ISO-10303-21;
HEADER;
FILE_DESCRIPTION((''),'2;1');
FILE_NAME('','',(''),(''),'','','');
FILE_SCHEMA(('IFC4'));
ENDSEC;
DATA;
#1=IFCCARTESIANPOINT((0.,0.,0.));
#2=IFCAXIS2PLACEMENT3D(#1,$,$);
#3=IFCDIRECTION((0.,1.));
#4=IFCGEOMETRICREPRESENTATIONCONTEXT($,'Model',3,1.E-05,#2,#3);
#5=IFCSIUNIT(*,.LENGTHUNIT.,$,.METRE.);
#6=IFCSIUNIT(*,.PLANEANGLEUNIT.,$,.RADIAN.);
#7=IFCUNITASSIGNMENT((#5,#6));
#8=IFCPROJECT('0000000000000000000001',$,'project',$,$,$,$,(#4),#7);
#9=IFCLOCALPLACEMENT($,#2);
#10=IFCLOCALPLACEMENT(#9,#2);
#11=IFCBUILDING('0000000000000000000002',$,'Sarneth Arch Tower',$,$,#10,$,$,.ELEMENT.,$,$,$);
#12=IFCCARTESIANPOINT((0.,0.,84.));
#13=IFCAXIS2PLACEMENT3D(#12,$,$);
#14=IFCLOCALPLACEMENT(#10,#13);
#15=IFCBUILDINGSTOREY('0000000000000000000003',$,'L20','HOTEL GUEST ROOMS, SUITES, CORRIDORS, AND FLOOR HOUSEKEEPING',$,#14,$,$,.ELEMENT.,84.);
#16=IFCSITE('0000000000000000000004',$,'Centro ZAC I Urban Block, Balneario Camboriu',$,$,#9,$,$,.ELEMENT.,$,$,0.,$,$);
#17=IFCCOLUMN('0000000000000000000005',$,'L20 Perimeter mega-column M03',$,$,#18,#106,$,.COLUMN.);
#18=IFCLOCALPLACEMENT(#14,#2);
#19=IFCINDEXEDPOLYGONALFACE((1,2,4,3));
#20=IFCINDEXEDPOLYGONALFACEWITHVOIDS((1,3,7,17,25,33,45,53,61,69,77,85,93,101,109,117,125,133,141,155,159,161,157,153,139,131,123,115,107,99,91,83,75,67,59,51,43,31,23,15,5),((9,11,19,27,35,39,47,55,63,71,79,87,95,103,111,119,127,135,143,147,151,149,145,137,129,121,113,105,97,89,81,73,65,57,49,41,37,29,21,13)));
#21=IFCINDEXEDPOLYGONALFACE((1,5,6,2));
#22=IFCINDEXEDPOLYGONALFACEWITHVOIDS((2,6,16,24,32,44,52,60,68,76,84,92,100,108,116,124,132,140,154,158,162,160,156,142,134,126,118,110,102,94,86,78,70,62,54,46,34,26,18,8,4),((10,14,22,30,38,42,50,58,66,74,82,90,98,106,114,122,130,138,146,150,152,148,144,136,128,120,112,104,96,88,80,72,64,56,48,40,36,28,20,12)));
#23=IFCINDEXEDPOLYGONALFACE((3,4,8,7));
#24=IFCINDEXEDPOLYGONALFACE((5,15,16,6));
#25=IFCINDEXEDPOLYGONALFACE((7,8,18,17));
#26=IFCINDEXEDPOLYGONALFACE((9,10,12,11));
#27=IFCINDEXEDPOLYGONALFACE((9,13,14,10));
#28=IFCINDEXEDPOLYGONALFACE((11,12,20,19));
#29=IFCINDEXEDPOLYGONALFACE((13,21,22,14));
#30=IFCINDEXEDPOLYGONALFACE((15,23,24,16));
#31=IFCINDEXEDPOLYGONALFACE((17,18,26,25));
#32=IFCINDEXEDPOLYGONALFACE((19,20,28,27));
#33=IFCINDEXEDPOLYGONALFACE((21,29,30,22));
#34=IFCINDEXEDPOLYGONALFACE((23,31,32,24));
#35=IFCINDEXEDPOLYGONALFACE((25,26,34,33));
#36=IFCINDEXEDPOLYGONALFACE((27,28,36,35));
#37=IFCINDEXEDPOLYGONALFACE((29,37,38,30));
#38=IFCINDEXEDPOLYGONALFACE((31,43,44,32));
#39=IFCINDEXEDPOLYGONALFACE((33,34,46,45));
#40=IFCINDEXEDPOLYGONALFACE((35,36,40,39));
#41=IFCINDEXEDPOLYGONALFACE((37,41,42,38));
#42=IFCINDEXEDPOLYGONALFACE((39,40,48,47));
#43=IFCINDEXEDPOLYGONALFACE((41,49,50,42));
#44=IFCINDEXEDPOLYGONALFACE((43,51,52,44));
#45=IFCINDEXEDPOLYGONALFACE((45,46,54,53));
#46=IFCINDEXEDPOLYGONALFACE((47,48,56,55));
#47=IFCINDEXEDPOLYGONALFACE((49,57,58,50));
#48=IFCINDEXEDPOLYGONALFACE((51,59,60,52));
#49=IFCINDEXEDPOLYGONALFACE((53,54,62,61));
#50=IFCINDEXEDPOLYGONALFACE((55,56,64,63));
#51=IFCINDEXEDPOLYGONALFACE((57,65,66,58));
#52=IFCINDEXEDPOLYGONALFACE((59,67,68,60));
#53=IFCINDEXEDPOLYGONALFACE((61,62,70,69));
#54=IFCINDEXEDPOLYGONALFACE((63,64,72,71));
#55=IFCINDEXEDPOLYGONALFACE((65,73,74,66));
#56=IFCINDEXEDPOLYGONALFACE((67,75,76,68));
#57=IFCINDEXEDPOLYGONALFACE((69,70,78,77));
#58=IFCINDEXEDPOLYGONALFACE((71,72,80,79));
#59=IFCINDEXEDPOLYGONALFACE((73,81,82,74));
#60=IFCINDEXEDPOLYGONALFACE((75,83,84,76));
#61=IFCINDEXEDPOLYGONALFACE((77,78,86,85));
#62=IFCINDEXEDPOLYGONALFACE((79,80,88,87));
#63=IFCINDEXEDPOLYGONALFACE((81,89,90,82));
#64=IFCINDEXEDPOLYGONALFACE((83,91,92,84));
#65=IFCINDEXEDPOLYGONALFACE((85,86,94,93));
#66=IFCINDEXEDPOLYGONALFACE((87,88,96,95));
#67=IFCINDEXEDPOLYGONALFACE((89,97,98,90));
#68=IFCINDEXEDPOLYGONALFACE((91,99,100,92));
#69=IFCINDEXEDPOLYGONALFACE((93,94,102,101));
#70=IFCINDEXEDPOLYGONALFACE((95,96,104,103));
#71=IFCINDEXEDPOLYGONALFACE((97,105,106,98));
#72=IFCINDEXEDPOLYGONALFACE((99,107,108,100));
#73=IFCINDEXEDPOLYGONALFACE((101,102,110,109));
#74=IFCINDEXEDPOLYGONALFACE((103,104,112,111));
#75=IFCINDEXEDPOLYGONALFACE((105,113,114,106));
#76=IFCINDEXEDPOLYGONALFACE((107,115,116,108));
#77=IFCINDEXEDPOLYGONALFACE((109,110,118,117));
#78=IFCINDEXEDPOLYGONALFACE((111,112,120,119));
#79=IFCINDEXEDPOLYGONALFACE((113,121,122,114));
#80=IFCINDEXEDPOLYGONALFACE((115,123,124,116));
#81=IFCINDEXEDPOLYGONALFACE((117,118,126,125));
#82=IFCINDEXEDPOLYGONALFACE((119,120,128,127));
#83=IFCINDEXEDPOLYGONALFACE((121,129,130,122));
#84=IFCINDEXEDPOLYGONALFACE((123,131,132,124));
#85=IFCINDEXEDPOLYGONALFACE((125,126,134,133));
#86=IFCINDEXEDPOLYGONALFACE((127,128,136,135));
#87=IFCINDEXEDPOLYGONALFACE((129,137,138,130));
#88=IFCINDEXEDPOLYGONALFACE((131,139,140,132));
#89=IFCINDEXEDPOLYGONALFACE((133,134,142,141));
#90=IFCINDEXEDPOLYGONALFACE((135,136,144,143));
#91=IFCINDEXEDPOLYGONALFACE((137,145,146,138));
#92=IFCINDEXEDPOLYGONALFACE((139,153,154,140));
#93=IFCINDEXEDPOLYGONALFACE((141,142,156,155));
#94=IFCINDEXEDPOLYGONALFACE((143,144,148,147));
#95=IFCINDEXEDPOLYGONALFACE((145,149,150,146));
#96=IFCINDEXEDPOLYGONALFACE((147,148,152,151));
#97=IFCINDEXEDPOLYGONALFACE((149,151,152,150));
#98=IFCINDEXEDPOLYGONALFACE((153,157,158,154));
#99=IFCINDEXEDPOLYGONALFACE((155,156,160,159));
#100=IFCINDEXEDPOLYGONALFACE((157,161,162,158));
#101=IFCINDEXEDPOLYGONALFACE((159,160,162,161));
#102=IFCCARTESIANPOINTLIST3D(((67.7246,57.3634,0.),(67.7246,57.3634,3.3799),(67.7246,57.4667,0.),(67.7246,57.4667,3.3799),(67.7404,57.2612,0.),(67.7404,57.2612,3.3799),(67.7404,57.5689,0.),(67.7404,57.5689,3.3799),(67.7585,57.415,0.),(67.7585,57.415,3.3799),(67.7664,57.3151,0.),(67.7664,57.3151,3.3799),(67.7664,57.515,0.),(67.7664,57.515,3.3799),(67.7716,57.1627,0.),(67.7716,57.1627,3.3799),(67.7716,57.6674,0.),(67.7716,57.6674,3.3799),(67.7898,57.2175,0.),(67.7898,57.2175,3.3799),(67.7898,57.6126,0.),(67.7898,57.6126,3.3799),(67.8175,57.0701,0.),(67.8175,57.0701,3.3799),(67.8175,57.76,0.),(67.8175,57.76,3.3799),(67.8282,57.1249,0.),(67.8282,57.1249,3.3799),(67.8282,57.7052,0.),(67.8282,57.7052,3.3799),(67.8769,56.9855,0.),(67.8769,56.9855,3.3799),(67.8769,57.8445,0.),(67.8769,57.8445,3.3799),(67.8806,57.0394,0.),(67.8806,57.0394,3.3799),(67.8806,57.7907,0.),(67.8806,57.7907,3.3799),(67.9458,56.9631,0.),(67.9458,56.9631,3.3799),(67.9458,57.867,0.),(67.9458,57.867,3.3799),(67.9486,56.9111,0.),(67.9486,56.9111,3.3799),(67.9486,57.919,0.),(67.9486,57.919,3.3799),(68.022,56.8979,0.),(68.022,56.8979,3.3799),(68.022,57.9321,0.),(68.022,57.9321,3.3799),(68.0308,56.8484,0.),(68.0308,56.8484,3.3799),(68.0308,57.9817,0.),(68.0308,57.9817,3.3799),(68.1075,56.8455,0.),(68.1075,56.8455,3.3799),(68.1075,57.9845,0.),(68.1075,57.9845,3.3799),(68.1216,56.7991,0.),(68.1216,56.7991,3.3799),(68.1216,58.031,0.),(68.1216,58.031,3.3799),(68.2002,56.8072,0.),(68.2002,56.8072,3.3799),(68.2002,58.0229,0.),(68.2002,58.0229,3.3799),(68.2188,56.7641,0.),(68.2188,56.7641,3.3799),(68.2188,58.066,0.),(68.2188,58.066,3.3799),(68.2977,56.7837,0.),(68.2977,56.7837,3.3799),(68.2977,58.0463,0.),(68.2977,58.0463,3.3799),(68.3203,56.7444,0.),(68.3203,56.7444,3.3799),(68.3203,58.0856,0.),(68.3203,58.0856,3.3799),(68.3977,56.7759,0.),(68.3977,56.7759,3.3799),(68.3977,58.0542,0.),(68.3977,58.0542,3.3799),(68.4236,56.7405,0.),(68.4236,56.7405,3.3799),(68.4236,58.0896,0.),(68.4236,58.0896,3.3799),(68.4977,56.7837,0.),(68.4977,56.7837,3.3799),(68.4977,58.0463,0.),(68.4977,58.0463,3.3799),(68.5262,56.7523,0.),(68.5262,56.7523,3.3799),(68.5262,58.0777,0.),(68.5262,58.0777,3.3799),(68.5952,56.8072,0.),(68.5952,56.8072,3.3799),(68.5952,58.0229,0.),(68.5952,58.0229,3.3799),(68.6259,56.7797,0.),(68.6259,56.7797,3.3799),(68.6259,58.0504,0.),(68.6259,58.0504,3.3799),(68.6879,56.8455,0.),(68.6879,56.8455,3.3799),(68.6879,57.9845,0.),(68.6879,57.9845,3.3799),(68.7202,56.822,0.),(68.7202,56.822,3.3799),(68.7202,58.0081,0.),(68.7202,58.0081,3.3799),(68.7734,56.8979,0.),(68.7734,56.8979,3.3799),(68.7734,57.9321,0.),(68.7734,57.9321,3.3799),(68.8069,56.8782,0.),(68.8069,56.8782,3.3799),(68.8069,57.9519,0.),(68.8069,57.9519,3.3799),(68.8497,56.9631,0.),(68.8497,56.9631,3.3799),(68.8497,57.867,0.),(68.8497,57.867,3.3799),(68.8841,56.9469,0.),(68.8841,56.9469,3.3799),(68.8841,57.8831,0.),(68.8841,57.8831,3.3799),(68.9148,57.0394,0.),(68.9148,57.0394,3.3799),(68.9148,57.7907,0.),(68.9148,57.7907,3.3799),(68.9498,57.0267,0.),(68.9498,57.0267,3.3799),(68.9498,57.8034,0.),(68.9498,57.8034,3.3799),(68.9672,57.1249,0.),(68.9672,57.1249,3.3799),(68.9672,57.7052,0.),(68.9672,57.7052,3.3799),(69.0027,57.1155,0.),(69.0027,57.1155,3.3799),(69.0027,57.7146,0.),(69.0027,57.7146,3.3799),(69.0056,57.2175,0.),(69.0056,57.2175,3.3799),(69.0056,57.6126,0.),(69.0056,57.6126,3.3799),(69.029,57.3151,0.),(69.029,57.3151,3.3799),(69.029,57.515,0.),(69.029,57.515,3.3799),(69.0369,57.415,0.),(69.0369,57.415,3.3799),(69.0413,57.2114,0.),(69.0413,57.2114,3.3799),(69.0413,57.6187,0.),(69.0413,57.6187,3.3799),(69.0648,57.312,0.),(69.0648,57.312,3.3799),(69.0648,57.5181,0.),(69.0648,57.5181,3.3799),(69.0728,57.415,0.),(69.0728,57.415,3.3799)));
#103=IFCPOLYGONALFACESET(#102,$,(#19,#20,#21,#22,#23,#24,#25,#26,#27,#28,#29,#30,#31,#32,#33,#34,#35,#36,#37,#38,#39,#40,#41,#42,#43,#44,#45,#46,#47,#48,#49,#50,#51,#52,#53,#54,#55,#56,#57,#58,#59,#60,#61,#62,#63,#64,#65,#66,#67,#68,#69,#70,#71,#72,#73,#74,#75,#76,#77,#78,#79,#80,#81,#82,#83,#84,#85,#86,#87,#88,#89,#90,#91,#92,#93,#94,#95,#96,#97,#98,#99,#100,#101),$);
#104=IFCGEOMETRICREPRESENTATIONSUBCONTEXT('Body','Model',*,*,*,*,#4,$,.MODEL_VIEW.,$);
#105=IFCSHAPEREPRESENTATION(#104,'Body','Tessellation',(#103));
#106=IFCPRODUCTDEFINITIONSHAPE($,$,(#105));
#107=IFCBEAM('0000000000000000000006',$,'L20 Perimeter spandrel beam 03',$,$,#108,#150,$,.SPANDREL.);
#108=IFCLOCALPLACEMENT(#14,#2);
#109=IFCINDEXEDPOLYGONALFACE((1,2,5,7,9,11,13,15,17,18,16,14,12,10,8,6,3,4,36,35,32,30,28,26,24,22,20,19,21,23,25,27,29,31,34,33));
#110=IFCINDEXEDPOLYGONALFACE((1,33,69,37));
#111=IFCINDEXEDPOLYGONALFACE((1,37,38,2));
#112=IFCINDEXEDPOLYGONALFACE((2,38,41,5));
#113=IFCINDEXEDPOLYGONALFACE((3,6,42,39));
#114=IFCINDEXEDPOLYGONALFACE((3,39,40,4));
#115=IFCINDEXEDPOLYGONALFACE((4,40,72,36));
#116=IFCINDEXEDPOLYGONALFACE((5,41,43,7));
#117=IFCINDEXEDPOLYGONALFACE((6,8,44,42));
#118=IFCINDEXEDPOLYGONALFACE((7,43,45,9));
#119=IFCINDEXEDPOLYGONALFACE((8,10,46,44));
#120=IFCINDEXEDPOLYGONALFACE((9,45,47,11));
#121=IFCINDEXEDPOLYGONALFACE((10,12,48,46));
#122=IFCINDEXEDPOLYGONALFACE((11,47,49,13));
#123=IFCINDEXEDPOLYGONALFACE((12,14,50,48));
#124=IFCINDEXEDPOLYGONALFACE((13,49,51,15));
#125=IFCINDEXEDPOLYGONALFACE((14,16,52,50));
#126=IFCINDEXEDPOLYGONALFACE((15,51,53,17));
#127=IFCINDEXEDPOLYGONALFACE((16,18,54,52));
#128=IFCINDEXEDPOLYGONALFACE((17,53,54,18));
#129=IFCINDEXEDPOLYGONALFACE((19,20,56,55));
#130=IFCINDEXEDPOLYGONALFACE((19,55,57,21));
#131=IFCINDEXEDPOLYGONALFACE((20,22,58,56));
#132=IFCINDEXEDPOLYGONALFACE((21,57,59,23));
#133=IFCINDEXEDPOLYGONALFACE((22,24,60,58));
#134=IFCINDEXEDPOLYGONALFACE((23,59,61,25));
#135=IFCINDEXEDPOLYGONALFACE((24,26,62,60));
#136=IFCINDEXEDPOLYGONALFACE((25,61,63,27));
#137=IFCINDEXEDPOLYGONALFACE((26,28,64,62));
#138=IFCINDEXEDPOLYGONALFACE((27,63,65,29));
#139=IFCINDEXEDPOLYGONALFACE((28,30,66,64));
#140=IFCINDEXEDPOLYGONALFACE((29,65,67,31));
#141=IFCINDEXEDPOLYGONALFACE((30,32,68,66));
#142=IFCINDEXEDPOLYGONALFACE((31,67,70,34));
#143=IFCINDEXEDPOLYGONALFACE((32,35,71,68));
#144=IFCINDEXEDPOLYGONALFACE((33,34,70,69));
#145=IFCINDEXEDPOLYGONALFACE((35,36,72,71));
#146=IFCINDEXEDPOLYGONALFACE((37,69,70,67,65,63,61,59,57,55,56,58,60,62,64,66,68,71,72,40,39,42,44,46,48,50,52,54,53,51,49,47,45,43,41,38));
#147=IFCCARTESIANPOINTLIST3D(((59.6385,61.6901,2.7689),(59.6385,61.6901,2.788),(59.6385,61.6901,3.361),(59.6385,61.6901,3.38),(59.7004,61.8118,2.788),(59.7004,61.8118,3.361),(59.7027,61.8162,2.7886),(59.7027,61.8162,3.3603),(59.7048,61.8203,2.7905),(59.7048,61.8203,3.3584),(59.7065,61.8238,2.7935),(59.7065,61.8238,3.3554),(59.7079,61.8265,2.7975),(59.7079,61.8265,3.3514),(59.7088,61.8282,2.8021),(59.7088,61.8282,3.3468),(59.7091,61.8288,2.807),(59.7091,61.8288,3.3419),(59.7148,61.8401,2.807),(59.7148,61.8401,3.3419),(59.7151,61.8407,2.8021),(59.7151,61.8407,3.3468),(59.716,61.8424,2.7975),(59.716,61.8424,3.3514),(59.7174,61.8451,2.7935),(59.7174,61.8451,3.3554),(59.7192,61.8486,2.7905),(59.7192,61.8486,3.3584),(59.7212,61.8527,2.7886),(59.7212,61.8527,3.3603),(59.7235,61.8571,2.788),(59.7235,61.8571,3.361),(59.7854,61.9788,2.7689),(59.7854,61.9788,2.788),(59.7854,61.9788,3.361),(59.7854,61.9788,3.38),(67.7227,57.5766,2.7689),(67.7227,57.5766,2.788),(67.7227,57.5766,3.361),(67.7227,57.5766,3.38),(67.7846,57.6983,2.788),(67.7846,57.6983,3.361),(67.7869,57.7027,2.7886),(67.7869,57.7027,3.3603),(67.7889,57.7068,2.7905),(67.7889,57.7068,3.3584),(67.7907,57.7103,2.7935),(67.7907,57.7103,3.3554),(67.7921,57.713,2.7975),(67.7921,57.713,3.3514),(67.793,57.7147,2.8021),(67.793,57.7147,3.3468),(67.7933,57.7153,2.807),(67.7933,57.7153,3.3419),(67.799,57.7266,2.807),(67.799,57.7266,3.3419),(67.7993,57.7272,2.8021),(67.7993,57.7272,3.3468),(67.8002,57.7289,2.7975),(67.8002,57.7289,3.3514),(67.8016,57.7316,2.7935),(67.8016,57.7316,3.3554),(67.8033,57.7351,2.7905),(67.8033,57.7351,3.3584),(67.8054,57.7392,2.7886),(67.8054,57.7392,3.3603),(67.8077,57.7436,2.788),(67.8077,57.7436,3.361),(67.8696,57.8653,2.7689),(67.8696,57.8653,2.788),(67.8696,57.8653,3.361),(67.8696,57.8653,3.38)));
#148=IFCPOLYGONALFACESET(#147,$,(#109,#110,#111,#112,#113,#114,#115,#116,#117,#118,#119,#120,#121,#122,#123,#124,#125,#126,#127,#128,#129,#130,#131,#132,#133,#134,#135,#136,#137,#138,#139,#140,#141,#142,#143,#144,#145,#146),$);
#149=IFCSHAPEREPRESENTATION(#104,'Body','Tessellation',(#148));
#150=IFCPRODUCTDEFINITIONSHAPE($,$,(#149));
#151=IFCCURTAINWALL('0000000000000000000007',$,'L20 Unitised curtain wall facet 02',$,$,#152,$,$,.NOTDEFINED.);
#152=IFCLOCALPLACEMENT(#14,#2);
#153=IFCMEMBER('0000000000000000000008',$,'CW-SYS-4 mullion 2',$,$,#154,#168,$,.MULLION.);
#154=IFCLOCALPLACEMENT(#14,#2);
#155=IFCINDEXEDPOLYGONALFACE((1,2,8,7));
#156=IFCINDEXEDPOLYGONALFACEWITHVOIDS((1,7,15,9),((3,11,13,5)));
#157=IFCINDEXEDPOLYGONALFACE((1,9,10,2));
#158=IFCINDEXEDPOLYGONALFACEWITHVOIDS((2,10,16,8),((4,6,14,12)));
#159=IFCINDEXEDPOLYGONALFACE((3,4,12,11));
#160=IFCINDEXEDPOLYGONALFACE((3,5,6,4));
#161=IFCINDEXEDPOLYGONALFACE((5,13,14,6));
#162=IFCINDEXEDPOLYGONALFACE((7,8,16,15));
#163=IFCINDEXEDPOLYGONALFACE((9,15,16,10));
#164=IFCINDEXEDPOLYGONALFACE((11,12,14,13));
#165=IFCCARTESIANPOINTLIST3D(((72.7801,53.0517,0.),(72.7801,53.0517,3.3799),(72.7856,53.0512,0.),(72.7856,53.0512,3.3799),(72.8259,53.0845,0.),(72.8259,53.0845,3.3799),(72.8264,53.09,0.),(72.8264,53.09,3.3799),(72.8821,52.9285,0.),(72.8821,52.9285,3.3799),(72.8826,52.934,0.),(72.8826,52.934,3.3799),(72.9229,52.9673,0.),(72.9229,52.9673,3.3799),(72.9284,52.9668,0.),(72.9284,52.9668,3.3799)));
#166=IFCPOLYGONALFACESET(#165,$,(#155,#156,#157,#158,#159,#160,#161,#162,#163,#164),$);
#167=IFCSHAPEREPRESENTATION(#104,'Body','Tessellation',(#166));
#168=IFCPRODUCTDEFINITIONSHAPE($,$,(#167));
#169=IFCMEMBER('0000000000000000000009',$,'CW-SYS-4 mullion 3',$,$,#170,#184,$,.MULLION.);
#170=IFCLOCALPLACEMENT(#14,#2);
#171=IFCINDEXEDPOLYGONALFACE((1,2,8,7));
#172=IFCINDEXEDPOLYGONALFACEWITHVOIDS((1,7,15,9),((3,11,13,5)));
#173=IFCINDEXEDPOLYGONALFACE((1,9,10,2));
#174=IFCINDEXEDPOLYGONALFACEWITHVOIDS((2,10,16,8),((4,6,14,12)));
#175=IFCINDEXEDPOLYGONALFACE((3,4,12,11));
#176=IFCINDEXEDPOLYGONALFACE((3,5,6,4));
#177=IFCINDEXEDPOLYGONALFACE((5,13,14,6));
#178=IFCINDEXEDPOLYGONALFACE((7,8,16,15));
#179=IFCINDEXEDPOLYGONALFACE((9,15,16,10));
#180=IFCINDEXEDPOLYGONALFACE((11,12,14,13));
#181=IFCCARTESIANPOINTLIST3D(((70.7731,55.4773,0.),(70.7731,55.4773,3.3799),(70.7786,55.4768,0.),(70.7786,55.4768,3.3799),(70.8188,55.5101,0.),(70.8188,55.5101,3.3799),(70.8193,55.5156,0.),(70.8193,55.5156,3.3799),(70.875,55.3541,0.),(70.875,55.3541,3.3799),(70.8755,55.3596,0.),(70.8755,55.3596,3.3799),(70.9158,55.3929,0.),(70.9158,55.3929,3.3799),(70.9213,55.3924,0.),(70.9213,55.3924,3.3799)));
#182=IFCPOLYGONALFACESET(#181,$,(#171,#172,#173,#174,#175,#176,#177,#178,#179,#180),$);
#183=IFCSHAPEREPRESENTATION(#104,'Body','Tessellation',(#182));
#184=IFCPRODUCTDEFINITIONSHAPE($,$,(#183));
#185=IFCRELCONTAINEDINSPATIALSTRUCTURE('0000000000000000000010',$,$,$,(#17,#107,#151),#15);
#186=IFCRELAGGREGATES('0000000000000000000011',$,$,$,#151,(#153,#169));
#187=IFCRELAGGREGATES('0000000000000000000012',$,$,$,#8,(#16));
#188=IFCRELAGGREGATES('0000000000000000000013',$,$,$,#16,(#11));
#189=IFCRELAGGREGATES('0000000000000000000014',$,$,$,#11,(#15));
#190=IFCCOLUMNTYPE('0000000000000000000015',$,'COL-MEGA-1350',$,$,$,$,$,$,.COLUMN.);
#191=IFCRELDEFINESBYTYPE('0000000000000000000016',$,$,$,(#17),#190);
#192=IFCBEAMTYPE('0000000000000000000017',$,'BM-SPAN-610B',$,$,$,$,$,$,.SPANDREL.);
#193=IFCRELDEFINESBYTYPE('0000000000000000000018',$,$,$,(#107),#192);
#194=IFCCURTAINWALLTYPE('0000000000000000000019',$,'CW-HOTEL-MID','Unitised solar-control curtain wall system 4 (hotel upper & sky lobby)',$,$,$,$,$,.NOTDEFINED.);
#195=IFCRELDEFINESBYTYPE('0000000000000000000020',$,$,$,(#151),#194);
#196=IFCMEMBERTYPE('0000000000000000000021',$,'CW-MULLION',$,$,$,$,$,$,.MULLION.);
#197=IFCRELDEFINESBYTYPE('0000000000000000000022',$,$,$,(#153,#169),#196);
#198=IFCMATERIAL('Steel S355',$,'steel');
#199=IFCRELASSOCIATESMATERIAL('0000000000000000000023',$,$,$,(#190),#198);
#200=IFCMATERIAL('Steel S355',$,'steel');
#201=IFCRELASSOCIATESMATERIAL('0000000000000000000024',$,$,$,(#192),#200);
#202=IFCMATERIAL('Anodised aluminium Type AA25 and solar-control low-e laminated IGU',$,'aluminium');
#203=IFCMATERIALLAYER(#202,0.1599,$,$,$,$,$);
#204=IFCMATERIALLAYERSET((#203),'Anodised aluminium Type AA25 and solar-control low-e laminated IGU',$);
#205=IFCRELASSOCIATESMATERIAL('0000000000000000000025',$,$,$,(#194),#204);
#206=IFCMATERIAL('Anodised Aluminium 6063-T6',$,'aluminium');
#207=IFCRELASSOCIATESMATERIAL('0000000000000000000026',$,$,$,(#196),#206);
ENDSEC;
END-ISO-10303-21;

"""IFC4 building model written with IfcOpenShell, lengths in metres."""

from ifc_helpers import new_model, si_unit, direction, frame, origin, origin_2d, place, context, subcontext, project, spatial, hollow_rectangle, hollow_circle, i_section, extrude, material, layer, layer_set, material_profile, profile_set, type_object, element, aggregate, save


model = new_model("IFC4")

# Units and contexts
model_context = context("Model", 3, precision=1e-05, world=origin(), true_north=direction((0.0, 1.0)))
body_context = subcontext(model_context, "Body", "Model", "MODEL_VIEW")
ifc_project = project(units=[si_unit("LENGTHUNIT", "METRE"), si_unit("PLANEANGLEUNIT", "RADIAN")], contexts=[model_context])

# Site, building, storey
site_placement = place(None, origin())
site = spatial("IfcSite", under=ifc_project, at=site_placement, Name="Centro ZAC I Urban Block, Balneario Camboriu", CompositionType="ELEMENT", RefElevation=0.0)
building_placement = place(site_placement, origin())
building = spatial("IfcBuilding", under=site, at=building_placement, Name="Sarneth Arch Tower", CompositionType="ELEMENT")
storey_placement = place(building_placement, frame((0.0, 0.0, 84.0)))
storey = spatial("IfcBuildingStorey", under=building, at=storey_placement, Name="L20", Description="HOTEL GUEST ROOMS, SUITES, CORRIDORS, AND FLOOR HOUSEKEEPING", CompositionType="ELEMENT", Elevation=84.0)

# Column
ifc_material_1 = material(Name="Steel S355", Category="steel")
ifc_material_profile_1 = material_profile(ifc_material_1, hollow_circle(Radius=0.675, WallThickness=0.0359, at=origin_2d()), Name="CHS1350x36")
ifc_profile_set_1 = profile_set([ifc_material_profile_1], Name="Steel S355")
column_type = type_object("IfcColumnType", Name="COL-MEGA-1350", PredefinedType="COLUMN", material=ifc_profile_set_1)
column_placement = place(storey_placement, frame((68.3977, 57.415, 0.0), z_axis=(0.0, 0.0, 1.0), x_axis=(1.0, 0.0, 0.0)))
element("IfcColumn", 1, at=column_placement, inside=storey, type_object=column_type, Name="L20 Perimeter mega-column M03", PredefinedType="COLUMN", context=body_context, shape_type="SweptSolid", body=[
    extrude(hollow_circle(Radius=0.675, WallThickness=0.0359, at=origin_2d()), origin(), (0.0, 0.0, 1.0), 3.3799),
])

# Beam
ifc_material_2 = material(Name="Steel S355", Category="steel")
ifc_material_profile_2 = material_profile(ifc_material_2, i_section(OverallWidth=0.324, OverallDepth=0.6111, WebThickness=0.0127, FlangeThickness=0.019, FilletRadius=0.019, at=origin_2d()), Name="W610x155")
ifc_profile_set_2 = profile_set([ifc_material_profile_2], Name="Steel S355")
beam_type = type_object("IfcBeamType", Name="BM-SPAN-610B", PredefinedType="SPANDREL", material=ifc_profile_set_2)
beam_placement = place(storey_placement, frame((67.7961, 57.7209, 3.0745), z_axis=(-0.891256, 0.453501, 0.0), x_axis=(-0.453501, -0.891256, 0.0)))
element("IfcBeam", 2, at=beam_placement, inside=storey, type_object=beam_type, Name="L20 Perimeter spandrel beam 03", PredefinedType="SPANDREL", context=body_context, shape_type="SweptSolid", body=[
    extrude(i_section(OverallWidth=0.324, OverallDepth=0.6111, WebThickness=0.0127, FlangeThickness=0.019, FilletRadius=0.019, at=origin_2d()), origin(), (0.0, 0.0, 1.0), 9.0706),
])

# Curtain wall, members
ifc_material_3 = material(Name="Anodised aluminium Type AA25 and solar-control low-e laminated IGU", Category="aluminium")
ifc_layer_1 = layer(ifc_material_3, 0.1599)
ifc_layer_set_1 = layer_set([ifc_layer_1], Name="Anodised aluminium Type AA25 and solar-control low-e laminated IGU")
curtain_wall_type = type_object("IfcCurtainWallType", Name="CW-HOTEL-MID", Description="Unitised solar-control curtain wall system 4 (hotel upper & sky lobby)", PredefinedType="NOTDEFINED", material=ifc_layer_set_1)
curtain_wall_placement = place(storey_placement, origin())
curtain_wall = element("IfcCurtainWall", 3, at=curtain_wall_placement, inside=storey, type_object=curtain_wall_type, Name="L20 Unitised curtain wall facet 02", PredefinedType="NOTDEFINED")
ifc_material_4 = material(Name="Anodised Aluminium 6063-T6", Category="aluminium")
ifc_material_profile_3 = material_profile(ifc_material_4, hollow_rectangle(XDim=0.0601, YDim=0.1599, WallThickness=0.0039, at=origin_2d()), Name="AL-MULL-160x60x4")
ifc_profile_set_3 = profile_set([ifc_material_profile_3], Name="Anodised Aluminium 6063-T6")
member_type_1 = type_object("IfcMemberType", Name="CW-MULLION", PredefinedType="MULLION", material=ifc_profile_set_3)
member_1_placement = place(storey_placement, frame((72.8542, 53.0093, 0.0), z_axis=(0.0, 0.0, 1.0), x_axis=(-0.770438, -0.637515, 0.0)))
member_1 = element("IfcMember", 4, at=member_1_placement, type_object=member_type_1, Name="CW-SYS-4 mullion 2", PredefinedType="MULLION", context=body_context, shape_type="SweptSolid", body=[
    extrude(hollow_rectangle(XDim=0.0601, YDim=0.1599, WallThickness=0.0039, at=origin_2d()), origin(), (0.0, 0.0, 1.0), 3.3799),
])
member_2_placement = place(storey_placement, frame((70.8472, 55.4348, 0.0), z_axis=(0.0, 0.0, 1.0), x_axis=(-0.770438, -0.637515, 0.0)))
member_2 = element("IfcMember", 5, at=member_2_placement, type_object=member_type_1, Name="CW-SYS-4 mullion 3", PredefinedType="MULLION", context=body_context, shape_type="SweptSolid", body=[
    extrude(hollow_rectangle(XDim=0.0601, YDim=0.1599, WallThickness=0.0039, at=origin_2d()), origin(), (0.0, 0.0, 1.0), 3.3799),
])

aggregate(curtain_wall, [member_1, member_2])

save(model, "model.ifc")
